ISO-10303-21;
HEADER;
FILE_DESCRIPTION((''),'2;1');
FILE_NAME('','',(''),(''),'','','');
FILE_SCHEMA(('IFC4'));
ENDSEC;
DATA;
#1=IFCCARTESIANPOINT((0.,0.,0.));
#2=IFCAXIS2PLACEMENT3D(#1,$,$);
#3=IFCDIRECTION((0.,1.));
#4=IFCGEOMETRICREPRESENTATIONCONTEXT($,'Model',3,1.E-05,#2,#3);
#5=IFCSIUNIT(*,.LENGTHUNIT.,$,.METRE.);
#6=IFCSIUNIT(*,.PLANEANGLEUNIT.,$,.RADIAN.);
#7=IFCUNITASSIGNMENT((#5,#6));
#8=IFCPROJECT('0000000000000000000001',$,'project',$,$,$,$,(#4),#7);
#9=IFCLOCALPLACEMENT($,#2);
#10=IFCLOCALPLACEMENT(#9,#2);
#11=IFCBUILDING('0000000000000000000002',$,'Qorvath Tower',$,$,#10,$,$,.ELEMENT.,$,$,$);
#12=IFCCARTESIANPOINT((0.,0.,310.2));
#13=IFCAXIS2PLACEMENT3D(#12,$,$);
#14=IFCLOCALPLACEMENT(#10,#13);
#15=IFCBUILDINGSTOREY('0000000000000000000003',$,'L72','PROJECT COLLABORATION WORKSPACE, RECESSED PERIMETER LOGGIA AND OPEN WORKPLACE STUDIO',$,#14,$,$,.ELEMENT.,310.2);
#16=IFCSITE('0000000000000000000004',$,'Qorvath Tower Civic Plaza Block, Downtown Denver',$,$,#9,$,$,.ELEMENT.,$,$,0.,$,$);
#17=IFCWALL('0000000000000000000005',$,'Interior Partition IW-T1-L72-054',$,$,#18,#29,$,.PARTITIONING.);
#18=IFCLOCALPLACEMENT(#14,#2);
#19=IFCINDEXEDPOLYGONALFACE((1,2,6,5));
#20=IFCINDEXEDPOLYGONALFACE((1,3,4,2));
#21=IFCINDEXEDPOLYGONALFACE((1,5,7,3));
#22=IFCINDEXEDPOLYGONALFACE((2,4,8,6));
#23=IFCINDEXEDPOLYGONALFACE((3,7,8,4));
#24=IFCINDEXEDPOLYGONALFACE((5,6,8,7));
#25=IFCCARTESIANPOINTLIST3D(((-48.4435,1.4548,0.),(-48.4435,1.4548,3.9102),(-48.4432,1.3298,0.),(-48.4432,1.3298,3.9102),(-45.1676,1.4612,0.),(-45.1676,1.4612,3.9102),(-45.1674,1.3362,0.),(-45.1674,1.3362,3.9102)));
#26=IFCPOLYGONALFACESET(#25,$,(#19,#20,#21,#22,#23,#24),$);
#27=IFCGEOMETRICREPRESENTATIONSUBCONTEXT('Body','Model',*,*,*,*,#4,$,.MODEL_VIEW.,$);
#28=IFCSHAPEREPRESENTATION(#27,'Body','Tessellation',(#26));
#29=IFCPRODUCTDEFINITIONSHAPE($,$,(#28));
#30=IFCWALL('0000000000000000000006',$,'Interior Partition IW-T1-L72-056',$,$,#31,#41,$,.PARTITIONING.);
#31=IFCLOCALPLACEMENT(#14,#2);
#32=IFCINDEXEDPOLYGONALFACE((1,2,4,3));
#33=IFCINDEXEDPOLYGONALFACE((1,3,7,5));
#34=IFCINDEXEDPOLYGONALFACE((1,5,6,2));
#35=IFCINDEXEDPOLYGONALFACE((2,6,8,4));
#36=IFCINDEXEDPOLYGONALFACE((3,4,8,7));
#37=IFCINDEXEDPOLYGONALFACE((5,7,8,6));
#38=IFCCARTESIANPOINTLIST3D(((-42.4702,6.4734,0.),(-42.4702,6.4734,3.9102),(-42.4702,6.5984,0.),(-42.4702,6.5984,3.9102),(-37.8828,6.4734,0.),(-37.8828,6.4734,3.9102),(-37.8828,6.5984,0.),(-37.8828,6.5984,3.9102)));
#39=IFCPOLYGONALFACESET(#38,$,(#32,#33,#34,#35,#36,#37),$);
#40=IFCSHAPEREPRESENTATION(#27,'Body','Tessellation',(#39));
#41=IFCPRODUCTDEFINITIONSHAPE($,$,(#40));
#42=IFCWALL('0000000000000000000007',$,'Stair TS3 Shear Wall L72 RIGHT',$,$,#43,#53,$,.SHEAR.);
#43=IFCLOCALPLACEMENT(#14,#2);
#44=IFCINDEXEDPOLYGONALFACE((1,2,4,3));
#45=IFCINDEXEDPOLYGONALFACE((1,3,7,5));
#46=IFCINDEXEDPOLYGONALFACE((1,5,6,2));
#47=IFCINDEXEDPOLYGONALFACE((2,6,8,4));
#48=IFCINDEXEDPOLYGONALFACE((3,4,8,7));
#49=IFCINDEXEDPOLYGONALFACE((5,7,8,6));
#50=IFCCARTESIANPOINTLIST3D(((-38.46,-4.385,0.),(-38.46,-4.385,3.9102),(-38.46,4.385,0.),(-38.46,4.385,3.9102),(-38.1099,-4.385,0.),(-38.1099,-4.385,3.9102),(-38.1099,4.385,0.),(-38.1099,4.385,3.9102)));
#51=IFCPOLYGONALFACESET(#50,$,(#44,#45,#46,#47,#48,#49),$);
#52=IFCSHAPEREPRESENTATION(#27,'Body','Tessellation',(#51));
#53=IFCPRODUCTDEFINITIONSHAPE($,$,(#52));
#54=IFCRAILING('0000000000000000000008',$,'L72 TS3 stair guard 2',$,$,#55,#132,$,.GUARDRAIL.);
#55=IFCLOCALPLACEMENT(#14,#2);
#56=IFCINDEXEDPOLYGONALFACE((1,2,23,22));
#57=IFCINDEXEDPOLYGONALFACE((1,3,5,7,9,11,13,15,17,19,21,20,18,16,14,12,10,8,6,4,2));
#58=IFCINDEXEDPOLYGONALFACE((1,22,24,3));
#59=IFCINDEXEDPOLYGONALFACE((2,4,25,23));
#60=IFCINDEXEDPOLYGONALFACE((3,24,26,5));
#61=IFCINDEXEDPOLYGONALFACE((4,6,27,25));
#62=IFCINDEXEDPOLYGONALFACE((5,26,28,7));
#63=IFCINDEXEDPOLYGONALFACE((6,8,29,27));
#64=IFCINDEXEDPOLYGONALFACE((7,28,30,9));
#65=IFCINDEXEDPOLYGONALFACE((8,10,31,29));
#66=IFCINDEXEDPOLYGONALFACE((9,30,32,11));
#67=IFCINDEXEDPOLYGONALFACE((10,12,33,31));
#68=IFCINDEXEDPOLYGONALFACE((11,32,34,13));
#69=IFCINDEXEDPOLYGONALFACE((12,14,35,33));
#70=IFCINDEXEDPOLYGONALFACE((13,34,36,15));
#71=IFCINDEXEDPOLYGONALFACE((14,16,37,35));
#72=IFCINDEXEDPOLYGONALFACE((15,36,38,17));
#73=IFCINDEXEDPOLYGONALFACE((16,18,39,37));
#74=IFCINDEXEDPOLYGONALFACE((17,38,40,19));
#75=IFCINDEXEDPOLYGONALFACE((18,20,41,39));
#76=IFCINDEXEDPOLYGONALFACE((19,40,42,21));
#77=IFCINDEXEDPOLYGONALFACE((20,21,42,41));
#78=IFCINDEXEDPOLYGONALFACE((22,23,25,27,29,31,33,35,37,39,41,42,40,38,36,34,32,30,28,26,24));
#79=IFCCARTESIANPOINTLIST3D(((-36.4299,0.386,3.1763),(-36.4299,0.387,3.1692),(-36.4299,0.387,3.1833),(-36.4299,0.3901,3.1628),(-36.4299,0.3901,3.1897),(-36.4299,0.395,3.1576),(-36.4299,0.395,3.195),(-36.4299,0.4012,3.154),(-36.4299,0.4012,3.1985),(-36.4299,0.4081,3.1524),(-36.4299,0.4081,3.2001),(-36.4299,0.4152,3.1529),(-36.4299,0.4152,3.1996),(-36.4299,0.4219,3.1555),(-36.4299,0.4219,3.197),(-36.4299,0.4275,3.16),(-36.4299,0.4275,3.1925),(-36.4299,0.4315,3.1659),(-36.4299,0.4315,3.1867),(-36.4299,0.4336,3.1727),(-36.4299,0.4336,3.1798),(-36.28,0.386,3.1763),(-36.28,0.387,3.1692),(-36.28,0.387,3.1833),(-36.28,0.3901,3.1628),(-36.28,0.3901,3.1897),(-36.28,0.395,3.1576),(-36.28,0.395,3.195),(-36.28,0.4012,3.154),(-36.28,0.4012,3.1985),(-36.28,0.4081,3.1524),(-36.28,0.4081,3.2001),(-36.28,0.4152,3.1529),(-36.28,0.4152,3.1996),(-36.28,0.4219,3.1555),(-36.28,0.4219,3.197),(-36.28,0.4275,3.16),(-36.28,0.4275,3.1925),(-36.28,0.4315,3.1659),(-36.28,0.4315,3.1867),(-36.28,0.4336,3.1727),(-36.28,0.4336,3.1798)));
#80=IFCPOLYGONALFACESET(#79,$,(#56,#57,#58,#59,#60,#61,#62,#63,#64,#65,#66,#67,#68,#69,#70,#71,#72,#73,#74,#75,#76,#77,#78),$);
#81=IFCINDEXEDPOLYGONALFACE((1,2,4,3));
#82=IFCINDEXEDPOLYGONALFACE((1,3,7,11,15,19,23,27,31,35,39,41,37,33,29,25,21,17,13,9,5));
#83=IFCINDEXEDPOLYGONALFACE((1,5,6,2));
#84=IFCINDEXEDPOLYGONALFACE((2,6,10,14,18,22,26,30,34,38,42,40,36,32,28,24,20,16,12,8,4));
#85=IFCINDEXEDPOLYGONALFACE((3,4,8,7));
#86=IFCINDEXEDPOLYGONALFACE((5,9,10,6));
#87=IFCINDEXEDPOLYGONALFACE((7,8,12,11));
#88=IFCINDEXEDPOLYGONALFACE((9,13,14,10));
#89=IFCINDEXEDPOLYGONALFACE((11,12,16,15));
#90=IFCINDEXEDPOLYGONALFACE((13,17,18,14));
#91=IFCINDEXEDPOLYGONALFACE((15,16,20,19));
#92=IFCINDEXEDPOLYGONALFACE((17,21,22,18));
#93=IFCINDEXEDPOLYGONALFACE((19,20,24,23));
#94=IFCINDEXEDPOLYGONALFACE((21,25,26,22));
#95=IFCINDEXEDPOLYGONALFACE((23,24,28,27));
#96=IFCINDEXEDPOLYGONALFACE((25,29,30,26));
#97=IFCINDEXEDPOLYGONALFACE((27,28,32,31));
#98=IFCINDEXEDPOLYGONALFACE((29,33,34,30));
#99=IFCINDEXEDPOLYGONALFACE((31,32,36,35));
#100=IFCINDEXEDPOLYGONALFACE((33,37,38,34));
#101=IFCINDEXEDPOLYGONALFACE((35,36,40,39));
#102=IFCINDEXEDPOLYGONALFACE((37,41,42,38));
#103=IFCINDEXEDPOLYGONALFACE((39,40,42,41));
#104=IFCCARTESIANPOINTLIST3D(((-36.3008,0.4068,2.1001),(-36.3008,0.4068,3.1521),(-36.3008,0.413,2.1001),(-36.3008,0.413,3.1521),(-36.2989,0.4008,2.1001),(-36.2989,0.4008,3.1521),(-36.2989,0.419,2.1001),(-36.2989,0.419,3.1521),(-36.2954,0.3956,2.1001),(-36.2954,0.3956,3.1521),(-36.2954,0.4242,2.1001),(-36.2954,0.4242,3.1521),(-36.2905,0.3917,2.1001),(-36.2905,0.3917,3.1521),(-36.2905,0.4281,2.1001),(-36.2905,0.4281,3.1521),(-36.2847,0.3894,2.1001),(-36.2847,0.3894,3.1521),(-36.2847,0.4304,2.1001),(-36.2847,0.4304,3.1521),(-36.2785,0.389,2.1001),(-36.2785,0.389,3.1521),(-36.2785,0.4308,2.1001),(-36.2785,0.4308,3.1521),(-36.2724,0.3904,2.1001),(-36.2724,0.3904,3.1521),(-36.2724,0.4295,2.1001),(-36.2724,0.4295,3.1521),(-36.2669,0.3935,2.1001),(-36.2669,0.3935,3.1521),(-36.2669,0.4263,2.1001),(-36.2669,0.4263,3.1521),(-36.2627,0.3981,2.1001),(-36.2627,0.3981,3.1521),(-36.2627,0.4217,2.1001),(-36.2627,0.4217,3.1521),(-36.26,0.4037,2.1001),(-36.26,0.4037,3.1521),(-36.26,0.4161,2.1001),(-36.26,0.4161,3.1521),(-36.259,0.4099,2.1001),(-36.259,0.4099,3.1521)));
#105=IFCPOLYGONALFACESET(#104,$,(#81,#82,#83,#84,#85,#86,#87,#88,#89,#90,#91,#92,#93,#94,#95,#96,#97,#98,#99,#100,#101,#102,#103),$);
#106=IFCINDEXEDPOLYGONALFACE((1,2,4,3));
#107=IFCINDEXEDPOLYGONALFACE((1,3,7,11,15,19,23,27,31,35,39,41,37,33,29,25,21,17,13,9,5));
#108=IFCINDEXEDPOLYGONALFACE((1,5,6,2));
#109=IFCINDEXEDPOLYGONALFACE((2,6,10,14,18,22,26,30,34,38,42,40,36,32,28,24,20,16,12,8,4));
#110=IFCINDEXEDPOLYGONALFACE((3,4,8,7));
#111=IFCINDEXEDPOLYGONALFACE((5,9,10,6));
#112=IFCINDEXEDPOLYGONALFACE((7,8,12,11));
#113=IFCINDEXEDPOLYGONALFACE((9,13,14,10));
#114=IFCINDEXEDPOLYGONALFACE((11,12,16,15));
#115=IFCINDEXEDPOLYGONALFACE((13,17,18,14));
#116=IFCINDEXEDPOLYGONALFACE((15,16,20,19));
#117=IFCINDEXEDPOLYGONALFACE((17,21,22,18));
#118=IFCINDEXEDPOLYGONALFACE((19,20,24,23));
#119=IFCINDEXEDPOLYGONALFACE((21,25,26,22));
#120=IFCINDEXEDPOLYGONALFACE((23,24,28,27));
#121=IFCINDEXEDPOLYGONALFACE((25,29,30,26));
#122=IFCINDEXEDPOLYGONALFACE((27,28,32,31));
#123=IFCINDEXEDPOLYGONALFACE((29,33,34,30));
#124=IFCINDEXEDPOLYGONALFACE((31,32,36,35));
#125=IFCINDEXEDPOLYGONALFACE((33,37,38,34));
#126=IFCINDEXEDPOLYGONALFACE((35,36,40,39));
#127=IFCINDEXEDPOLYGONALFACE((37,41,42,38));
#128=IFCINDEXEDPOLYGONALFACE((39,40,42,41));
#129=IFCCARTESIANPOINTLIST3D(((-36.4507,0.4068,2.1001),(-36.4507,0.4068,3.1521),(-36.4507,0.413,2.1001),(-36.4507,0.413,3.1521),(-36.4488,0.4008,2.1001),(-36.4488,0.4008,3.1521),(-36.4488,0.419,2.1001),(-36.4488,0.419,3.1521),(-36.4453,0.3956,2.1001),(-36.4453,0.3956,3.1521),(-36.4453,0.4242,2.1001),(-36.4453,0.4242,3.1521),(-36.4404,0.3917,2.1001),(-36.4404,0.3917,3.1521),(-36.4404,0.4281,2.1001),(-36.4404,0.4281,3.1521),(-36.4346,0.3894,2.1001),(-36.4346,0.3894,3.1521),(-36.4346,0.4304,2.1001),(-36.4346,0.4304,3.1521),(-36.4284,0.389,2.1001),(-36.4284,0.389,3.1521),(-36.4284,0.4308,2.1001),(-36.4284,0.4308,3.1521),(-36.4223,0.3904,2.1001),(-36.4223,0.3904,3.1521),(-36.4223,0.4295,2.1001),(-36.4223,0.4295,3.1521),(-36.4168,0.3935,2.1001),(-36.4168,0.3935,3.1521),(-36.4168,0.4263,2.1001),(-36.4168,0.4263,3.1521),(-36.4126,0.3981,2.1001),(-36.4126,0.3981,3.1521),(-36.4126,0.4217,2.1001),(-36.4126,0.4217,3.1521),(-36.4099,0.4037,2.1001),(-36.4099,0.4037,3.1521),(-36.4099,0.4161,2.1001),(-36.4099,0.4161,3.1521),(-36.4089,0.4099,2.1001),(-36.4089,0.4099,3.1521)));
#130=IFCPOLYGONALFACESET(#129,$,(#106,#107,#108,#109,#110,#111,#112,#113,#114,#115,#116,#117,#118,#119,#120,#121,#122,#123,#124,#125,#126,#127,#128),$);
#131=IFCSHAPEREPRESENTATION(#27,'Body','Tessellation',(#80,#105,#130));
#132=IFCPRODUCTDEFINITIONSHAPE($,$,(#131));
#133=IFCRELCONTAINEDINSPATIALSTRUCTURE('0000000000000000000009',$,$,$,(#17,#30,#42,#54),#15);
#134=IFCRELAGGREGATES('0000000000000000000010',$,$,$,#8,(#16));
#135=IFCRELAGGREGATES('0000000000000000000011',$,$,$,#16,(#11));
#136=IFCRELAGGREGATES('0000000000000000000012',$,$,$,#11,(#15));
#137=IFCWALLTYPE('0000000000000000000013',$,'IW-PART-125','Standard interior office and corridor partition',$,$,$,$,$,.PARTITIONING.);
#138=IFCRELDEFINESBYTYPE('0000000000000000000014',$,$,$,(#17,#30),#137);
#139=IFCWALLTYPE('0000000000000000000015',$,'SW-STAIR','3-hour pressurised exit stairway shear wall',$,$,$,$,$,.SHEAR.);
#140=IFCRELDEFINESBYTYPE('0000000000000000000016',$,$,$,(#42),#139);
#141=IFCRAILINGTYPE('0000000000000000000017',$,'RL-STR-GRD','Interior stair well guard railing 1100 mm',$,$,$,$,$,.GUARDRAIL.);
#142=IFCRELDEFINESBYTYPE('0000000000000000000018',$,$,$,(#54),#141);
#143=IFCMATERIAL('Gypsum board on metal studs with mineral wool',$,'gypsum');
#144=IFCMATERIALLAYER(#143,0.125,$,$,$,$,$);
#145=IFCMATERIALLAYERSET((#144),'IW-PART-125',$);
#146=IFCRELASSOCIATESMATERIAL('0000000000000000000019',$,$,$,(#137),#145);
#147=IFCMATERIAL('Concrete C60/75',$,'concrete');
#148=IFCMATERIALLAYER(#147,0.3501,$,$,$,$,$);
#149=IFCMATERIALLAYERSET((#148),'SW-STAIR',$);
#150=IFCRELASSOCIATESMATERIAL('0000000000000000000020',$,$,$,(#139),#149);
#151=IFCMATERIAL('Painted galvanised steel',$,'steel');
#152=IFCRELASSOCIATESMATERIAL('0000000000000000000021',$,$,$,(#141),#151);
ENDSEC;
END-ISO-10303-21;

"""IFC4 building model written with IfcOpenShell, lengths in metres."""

from ifc_helpers import new_model, si_unit, direction, frame, frame_2d, origin, origin_2d, place, context, subcontext, project, spatial, rectangle, circle, extrude, material, layer, layer_set, type_object, element, save


model = new_model("IFC4")

# Units and contexts
model_context = context("Model", 3, precision=1e-05, world=origin(), true_north=direction((0.0, 1.0)))
body_context = subcontext(model_context, "Body", "Model", "MODEL_VIEW")
ifc_project = project(units=[si_unit("LENGTHUNIT", "METRE"), si_unit("PLANEANGLEUNIT", "RADIAN")], contexts=[model_context])

# Site, building, storey
site_placement = place(None, origin())
site = spatial("IfcSite", under=ifc_project, at=site_placement, Name="Qorvath Tower Civic Plaza Block, Downtown Denver", CompositionType="ELEMENT", RefElevation=0.0)
building_placement = place(site_placement, origin())
building = spatial("IfcBuilding", under=site, at=building_placement, Name="Qorvath Tower", CompositionType="ELEMENT")
storey_placement = place(building_placement, frame((0.0, 0.0, 310.2)))
storey = spatial("IfcBuildingStorey", under=building, at=storey_placement, Name="L72", Description="PROJECT COLLABORATION WORKSPACE, RECESSED PERIMETER LOGGIA AND OPEN WORKPLACE STUDIO", CompositionType="ELEMENT", Elevation=310.2)

# Wall
ifc_material_1 = material(Name="Gypsum board on metal studs with mineral wool", Category="gypsum")
ifc_layer_1 = layer(ifc_material_1, 0.125)
ifc_layer_set_1 = layer_set([ifc_layer_1], Name="IW-PART-125")
wall_type_1 = type_object("IfcWallType", Name="IW-PART-125", Description="Standard interior office and corridor partition", PredefinedType="PARTITIONING", material=ifc_layer_set_1)
wall_1_placement = place(storey_placement, frame((-45.1675, 1.3987, 0.0), z_axis=(0.0, 0.0, 1.0), x_axis=(-0.999998, -0.001938, 0.0)))
element("IfcWall", 1, at=wall_1_placement, inside=storey, type_object=wall_type_1, Name="Interior Partition IW-T1-L72-054", PredefinedType="PARTITIONING", context=body_context, shape_type="SweptSolid", body=[
    extrude(rectangle(XDim=3.2759, YDim=0.125, at=frame_2d((1.6379, 0.0))), origin(), (0.0, 0.0, 1.0), 3.9102),
])

# Wall
wall_2_placement = place(storey_placement, frame((-37.8828, 6.5359, 0.0), z_axis=(0.0, 0.0, 1.0), x_axis=(-1.0, 0.0, 0.0)))
element("IfcWall", 2, at=wall_2_placement, inside=storey, type_object=wall_type_1, Name="Interior Partition IW-T1-L72-056", PredefinedType="PARTITIONING", context=body_context, shape_type="SweptSolid", body=[
    extrude(rectangle(XDim=4.5874, YDim=0.125, at=frame_2d((2.2937, 0.0))), origin(), (0.0, 0.0, 1.0), 3.9102),
])

# Wall
ifc_material_2 = material(Name="Concrete C60/75", Category="concrete")
ifc_layer_2 = layer(ifc_material_2, 0.3501)
ifc_layer_set_2 = layer_set([ifc_layer_2], Name="SW-STAIR")
wall_type_2 = type_object("IfcWallType", Name="SW-STAIR", Description="3-hour pressurised exit stairway shear wall", PredefinedType="SHEAR", material=ifc_layer_set_2)
wall_3_placement = place(storey_placement, frame((-38.2849, 4.385, 0.0), z_axis=(0.0, 0.0, 1.0), x_axis=(0.0, -1.0, 0.0)))
element("IfcWall", 3, at=wall_3_placement, inside=storey, type_object=wall_type_2, Name="Stair TS3 Shear Wall L72 RIGHT", PredefinedType="SHEAR", context=body_context, shape_type="SweptSolid", body=[
    extrude(rectangle(XDim=8.77, YDim=0.3501, at=frame_2d((4.385, 0.0))), origin(), (0.0, 0.0, 1.0), 3.9102),
])

# Railing
ifc_material_3 = material(Name="Painted galvanised steel", Category="steel")
railing_type = type_object("IfcRailingType", Name="RL-STR-GRD", Description="Interior stair well guard railing 1100 mm", PredefinedType="GUARDRAIL", material=ifc_material_3)
railing_1_placement = place(storey_placement, frame((-36.28, 0.4099, 2.1001)))
element("IfcRailing", 4, at=railing_1_placement, inside=storey, type_object=railing_type, Name="L72 TS3 stair guard 2", PredefinedType="GUARDRAIL", context=body_context, shape_type="SweptSolid", body=[
    extrude(circle(Radius=0.0239, at=origin_2d()), frame((0.0, 0.0, 1.0762), z_axis=(-1.0, 0.0, 0.0), x_axis=(0.0, -1.0, 0.0)), (0.0, 0.0, 1.0), 0.1499),
    extrude(circle(Radius=0.021, at=origin_2d()), origin(), (0.0, 0.0, 1.0), 1.052),
    extrude(circle(Radius=0.021, at=origin_2d()), frame((-0.1499, 0.0, 0.0)), (0.0, 0.0, 1.0), 1.052),
])

save(model, "model.ifc")
